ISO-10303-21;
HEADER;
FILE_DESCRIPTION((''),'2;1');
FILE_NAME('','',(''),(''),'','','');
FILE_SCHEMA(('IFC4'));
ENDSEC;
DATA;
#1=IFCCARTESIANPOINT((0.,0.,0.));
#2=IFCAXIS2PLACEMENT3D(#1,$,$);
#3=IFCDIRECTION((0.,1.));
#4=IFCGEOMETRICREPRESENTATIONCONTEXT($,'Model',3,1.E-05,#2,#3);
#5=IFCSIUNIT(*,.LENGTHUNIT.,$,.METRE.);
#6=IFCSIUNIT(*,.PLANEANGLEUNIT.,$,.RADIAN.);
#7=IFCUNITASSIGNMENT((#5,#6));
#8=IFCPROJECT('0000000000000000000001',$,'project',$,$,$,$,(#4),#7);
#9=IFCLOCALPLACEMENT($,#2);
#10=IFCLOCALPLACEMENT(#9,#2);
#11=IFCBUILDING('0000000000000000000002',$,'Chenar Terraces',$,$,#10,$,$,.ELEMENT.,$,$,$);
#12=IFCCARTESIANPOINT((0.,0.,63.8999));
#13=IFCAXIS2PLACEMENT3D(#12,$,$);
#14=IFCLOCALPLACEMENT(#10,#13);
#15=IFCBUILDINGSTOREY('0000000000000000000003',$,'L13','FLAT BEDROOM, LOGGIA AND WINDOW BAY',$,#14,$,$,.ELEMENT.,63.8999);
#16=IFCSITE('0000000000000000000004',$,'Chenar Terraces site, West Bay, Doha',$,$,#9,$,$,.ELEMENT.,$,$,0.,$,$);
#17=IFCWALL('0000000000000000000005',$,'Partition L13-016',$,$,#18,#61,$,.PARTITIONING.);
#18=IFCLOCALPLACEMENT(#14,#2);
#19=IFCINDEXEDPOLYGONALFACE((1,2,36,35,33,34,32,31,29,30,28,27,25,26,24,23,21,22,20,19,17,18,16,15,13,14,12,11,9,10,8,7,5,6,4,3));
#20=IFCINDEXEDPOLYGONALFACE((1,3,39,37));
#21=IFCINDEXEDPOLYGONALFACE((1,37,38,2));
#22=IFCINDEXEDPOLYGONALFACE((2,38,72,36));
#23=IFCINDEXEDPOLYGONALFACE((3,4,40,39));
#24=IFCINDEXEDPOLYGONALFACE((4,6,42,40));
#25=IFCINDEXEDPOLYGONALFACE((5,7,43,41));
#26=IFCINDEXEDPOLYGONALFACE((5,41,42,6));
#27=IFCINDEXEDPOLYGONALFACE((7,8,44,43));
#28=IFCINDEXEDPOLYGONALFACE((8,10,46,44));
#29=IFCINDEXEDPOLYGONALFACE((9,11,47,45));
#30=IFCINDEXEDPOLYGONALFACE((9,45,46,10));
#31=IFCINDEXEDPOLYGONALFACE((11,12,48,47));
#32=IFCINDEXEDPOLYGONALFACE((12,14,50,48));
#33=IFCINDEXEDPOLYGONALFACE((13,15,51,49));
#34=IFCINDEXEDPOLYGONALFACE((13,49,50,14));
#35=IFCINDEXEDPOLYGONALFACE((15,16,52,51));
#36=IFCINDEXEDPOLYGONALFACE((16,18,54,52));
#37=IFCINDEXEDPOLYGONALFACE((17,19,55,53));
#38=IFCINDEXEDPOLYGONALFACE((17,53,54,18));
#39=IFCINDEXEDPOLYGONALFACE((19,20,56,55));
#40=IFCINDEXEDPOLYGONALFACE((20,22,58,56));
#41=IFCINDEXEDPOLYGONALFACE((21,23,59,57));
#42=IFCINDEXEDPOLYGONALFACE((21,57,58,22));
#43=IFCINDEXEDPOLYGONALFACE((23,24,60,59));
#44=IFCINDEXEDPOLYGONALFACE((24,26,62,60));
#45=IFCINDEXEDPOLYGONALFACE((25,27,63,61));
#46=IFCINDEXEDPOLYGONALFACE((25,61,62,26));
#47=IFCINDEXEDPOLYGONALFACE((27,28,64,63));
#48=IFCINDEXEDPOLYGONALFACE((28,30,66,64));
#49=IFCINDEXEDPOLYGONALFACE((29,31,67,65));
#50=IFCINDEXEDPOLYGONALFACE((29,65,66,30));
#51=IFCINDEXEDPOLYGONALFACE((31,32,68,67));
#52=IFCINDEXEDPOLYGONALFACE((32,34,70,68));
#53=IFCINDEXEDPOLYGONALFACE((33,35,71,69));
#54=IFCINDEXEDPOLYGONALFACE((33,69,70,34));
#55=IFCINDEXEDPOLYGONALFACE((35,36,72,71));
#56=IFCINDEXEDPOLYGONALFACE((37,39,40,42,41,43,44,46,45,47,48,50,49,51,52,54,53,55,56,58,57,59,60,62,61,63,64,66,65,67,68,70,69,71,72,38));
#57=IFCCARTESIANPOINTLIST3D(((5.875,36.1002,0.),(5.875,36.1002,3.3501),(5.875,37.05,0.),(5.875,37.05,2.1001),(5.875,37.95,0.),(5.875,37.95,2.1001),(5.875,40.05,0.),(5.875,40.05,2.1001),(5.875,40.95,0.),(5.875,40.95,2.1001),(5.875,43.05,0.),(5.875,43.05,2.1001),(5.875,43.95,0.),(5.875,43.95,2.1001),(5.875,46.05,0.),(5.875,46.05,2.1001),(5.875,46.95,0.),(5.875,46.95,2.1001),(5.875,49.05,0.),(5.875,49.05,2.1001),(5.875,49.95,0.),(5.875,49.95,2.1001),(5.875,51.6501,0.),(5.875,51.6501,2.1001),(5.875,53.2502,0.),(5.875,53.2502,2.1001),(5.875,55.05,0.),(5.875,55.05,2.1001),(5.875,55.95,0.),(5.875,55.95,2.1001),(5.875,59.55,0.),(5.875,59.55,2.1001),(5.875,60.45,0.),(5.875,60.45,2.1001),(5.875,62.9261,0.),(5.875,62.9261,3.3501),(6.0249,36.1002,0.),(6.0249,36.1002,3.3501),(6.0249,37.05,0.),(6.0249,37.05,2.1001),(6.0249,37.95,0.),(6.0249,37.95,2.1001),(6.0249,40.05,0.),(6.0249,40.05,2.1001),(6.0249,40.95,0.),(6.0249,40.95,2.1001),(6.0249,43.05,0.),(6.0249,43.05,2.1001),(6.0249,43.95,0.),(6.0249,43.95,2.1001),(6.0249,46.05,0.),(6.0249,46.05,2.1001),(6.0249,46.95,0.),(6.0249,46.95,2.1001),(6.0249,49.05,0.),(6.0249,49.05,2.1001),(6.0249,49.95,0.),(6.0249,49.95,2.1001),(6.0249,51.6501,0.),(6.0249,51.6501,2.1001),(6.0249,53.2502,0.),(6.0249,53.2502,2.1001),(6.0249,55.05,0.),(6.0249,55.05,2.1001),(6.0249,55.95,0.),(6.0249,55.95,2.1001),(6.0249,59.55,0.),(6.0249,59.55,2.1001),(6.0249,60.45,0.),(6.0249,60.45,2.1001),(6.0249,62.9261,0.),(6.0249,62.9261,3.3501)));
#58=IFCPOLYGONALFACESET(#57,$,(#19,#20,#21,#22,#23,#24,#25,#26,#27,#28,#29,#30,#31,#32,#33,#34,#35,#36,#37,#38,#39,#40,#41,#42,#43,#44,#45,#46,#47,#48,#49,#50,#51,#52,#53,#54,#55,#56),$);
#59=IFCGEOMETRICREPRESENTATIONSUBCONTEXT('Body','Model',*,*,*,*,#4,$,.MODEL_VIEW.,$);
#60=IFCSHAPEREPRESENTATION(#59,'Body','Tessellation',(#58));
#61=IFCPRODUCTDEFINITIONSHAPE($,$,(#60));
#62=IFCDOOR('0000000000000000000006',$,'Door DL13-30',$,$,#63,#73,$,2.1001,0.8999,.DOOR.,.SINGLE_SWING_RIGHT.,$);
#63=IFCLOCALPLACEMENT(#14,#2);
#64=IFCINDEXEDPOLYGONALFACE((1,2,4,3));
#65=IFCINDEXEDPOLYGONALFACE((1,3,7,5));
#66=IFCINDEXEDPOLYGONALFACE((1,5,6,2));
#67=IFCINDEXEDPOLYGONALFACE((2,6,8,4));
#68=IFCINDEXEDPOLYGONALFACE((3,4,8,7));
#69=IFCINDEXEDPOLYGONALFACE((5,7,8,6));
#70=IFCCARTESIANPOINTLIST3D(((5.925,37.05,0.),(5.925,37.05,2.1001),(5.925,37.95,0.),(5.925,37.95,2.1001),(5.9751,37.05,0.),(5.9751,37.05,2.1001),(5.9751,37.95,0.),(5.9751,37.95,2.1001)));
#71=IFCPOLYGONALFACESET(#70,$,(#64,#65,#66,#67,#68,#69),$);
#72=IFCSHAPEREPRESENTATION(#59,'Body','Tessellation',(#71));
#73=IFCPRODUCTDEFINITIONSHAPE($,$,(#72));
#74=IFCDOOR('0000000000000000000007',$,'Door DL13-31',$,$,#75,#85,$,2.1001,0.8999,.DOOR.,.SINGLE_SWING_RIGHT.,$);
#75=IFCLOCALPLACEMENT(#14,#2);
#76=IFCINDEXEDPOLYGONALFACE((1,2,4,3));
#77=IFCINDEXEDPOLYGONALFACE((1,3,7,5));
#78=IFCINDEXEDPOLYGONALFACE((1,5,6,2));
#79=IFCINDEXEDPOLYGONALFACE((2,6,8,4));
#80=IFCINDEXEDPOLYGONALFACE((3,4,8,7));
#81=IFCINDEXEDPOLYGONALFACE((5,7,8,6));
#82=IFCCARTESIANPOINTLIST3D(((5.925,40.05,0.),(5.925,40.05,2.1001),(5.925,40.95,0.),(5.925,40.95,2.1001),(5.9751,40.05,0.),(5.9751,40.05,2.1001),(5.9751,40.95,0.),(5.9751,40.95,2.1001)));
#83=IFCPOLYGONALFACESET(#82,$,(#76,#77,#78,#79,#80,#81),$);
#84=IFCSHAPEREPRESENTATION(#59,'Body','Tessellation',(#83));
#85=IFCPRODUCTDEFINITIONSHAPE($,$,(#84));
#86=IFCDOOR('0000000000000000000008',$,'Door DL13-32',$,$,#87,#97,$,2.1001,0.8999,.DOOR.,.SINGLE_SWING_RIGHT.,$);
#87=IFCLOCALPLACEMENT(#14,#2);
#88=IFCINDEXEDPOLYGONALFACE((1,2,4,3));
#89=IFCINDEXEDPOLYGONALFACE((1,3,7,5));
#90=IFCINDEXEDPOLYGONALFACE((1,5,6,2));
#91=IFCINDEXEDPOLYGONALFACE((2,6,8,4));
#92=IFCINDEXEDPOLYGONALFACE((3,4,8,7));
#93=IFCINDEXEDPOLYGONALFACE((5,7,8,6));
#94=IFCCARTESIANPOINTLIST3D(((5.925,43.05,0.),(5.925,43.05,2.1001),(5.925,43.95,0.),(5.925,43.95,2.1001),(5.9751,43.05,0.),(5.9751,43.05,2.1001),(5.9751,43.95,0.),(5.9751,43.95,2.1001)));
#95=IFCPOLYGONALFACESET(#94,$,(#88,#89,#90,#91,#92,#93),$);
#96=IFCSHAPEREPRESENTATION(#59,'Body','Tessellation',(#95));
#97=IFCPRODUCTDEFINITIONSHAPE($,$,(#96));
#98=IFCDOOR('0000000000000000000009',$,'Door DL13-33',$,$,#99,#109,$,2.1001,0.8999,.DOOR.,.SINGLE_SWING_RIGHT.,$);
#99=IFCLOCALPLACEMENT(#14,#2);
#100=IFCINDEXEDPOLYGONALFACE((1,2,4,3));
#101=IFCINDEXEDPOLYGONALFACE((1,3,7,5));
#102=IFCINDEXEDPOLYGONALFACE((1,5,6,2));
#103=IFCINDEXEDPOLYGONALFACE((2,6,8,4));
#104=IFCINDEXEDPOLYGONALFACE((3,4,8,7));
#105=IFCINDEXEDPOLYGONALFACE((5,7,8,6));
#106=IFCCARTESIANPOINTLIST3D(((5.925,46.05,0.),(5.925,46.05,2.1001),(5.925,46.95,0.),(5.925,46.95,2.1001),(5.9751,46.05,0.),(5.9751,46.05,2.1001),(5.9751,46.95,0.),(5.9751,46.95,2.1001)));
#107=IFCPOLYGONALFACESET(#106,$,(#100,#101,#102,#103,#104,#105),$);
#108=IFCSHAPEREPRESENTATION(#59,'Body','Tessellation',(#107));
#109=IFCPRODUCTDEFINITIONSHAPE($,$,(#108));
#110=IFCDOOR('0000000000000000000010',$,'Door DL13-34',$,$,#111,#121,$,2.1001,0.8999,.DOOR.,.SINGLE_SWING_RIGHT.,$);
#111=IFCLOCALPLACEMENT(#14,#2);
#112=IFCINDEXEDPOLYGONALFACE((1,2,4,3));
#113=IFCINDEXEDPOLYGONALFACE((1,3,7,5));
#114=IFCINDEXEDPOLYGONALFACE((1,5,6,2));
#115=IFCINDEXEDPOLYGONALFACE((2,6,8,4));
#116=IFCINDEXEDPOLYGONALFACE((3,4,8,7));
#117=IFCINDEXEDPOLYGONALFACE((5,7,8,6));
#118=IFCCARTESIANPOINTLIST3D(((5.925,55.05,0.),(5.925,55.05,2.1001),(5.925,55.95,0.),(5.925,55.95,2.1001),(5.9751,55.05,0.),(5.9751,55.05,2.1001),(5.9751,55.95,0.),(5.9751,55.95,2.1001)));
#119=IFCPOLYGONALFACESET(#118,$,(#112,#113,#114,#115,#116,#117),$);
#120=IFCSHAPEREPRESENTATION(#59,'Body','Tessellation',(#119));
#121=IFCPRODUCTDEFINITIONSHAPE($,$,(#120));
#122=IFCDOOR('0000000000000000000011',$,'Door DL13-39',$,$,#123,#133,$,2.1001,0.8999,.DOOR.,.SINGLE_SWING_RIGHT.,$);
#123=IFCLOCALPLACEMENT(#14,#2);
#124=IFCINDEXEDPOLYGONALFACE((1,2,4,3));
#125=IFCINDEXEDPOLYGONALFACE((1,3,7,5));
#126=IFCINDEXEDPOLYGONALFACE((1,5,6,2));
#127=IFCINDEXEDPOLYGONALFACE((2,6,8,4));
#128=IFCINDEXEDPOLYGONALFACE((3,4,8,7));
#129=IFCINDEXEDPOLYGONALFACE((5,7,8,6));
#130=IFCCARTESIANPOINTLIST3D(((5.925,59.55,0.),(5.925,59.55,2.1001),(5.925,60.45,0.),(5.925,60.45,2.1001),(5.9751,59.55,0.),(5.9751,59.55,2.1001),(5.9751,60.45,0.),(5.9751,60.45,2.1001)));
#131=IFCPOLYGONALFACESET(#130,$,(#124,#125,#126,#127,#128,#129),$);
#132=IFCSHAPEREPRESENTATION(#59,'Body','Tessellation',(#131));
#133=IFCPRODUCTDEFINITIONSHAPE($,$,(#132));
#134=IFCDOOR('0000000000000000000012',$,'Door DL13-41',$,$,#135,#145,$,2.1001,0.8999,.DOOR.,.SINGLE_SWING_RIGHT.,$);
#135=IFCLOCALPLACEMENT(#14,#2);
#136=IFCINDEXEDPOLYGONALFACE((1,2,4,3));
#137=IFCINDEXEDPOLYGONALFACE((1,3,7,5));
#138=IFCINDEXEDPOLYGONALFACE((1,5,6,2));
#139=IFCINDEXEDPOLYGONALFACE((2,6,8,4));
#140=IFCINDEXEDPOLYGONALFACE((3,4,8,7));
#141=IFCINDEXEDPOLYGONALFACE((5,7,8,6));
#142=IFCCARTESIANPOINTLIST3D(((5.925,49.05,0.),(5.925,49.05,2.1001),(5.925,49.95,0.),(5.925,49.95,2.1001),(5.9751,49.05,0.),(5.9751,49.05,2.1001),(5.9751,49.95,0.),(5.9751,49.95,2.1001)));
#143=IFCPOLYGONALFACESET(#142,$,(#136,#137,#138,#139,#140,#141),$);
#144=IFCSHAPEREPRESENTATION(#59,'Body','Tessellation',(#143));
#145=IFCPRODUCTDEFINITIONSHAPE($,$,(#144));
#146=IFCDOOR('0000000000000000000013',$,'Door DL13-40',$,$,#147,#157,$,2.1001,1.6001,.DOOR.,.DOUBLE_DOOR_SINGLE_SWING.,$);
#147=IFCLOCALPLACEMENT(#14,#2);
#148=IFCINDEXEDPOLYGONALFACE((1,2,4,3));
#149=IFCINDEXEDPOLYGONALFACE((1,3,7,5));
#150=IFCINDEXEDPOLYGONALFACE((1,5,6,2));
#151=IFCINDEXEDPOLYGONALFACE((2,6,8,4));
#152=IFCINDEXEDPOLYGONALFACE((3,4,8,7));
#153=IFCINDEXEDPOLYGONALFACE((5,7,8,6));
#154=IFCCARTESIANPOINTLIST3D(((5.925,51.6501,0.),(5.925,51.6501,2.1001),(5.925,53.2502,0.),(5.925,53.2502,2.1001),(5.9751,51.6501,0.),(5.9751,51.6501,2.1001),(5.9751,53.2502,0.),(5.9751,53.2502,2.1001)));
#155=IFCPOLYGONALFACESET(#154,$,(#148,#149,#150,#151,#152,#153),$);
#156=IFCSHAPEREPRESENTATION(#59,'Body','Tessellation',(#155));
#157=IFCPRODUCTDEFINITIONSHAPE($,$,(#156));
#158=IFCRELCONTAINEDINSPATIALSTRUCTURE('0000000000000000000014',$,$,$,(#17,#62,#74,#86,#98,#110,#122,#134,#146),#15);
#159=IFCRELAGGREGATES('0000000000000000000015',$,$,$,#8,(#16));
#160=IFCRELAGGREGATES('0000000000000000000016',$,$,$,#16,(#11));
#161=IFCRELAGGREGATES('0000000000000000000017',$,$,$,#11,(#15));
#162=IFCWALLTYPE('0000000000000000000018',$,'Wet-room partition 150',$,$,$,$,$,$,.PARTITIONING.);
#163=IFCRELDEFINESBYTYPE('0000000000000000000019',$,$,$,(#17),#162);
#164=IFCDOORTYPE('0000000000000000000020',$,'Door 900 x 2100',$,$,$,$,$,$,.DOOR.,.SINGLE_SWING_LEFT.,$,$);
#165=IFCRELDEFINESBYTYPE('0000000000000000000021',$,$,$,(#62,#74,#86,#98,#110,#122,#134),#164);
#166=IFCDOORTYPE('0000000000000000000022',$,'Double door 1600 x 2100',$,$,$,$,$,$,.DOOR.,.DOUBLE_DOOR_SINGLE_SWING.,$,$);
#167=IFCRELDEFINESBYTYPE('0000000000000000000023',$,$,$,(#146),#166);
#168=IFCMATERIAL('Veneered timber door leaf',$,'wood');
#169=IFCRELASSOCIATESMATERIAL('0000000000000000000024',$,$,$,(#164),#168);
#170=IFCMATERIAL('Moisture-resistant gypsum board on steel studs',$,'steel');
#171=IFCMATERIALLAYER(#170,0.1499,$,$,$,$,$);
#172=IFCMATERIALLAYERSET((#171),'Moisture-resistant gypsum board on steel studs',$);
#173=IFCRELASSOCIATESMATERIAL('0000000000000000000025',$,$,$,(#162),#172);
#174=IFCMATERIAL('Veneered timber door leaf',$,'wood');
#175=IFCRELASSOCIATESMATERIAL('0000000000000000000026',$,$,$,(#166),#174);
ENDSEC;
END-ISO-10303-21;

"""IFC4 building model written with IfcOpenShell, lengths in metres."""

from ifc_helpers import new_model, si_unit, direction, frame, frame_2d, origin, place, context, subcontext, project, spatial, rectangle, extrude, material, layer, layer_set, type_object, element, fill, save


model = new_model("IFC4")

# Units and contexts
model_context = context("Model", 3, precision=1e-05, world=origin(), true_north=direction((0.0, 1.0)))
body_context = subcontext(model_context, "Body", "Model", "MODEL_VIEW")
ifc_project = project(units=[si_unit("LENGTHUNIT", "METRE"), si_unit("PLANEANGLEUNIT", "RADIAN")], contexts=[model_context])

# Site, building, storey
site_placement = place(None, origin())
site = spatial("IfcSite", under=ifc_project, at=site_placement, Name="Chenar Terraces site, West Bay, Doha", CompositionType="ELEMENT", RefElevation=0.0)
building_placement = place(site_placement, origin())
building = spatial("IfcBuilding", under=site, at=building_placement, Name="Chenar Terraces", CompositionType="ELEMENT")
storey_placement = place(building_placement, frame((0.0, 0.0, 63.8999)))
storey = spatial("IfcBuildingStorey", under=building, at=storey_placement, Name="L13", Description="FLAT BEDROOM, LOGGIA AND WINDOW BAY", CompositionType="ELEMENT", Elevation=63.8999)

# Shared definitions
ifc_material_1 = material(Name="Veneered timber door leaf", Category="wood")
door_type_1 = type_object("IfcDoorType", Name="Door 900 x 2100", OperationType="SINGLE_SWING_LEFT", PredefinedType="DOOR", material=ifc_material_1)

# Wall, openings, doors
ifc_material_2 = material(Name="Moisture-resistant gypsum board on steel studs", Category="steel")
ifc_layer_1 = layer(ifc_material_2, 0.1499)
ifc_layer_set_1 = layer_set([ifc_layer_1], Name="Moisture-resistant gypsum board on steel studs")
wall_type_1 = type_object("IfcWallType", Name="Wet-room partition 150", PredefinedType="PARTITIONING", material=ifc_layer_set_1)
wall_1_placement = place(storey_placement, frame((5.95, 36.1001, 0.0), z_axis=(0.0, 0.0, 1.0), x_axis=(0.0, 1.0, 0.0)))
wall_1 = element("IfcWall", 1, at=wall_1_placement, inside=storey, type_object=wall_type_1, Name="Partition L13-016", PredefinedType="PARTITIONING", context=body_context, shape_type="SweptSolid", body=[
    extrude(rectangle(XDim=26.8259, YDim=0.1499, at=frame_2d((13.4131, 0.0))), origin(), (0.0, 0.0, 1.0), 3.3501),
])
opening_1_placement = place(wall_1_placement, frame((0.95, 0.0, 0.0)))
opening_1 = element("IfcOpeningElement", 2, at=opening_1_placement, cuts=wall_1, PredefinedType="OPENING", context=body_context, shape_type="SweptSolid", body=[
    extrude(rectangle(XDim=0.8999, YDim=2.1001, at=frame_2d((0.45, 1.05))), frame((0.0, 0.085, 0.0), z_axis=(0.0, -1.0, 0.0), x_axis=(1.0, 0.0, 0.0)), (0.0, 0.0, 1.0), 0.1699),
])
opening_2_placement = place(wall_1_placement, frame((3.95, 0.0, 0.0)))
opening_2 = element("IfcOpeningElement", 3, at=opening_2_placement, cuts=wall_1, PredefinedType="OPENING", context=body_context, shape_type="SweptSolid", body=[
    extrude(rectangle(XDim=0.8999, YDim=2.1001, at=frame_2d((0.45, 1.05))), frame((0.0, 0.085, 0.0), z_axis=(0.0, -1.0, 0.0), x_axis=(1.0, 0.0, 0.0)), (0.0, 0.0, 1.0), 0.1699),
])
opening_3_placement = place(wall_1_placement, frame((6.95, 0.0, 0.0)))
opening_3 = element("IfcOpeningElement", 4, at=opening_3_placement, cuts=wall_1, PredefinedType="OPENING", context=body_context, shape_type="SweptSolid", body=[
    extrude(rectangle(XDim=0.8999, YDim=2.1001, at=frame_2d((0.45, 1.05))), frame((0.0, 0.085, 0.0), z_axis=(0.0, -1.0, 0.0), x_axis=(1.0, 0.0, 0.0)), (0.0, 0.0, 1.0), 0.1699),
])
opening_4_placement = place(wall_1_placement, frame((9.95, 0.0, 0.0)))
opening_4 = element("IfcOpeningElement", 5, at=opening_4_placement, cuts=wall_1, PredefinedType="OPENING", context=body_context, shape_type="SweptSolid", body=[
    extrude(rectangle(XDim=0.8999, YDim=2.1001, at=frame_2d((0.45, 1.05))), frame((0.0, 0.085, 0.0), z_axis=(0.0, -1.0, 0.0), x_axis=(1.0, 0.0, 0.0)), (0.0, 0.0, 1.0), 0.1699),
])
opening_5_placement = place(wall_1_placement, frame((18.95, 0.0, 0.0)))
opening_5 = element("IfcOpeningElement", 6, at=opening_5_placement, cuts=wall_1, PredefinedType="OPENING", context=body_context, shape_type="SweptSolid", body=[
    extrude(rectangle(XDim=0.8999, YDim=2.1001, at=frame_2d((0.45, 1.05))), frame((0.0, 0.085, 0.0), z_axis=(0.0, -1.0, 0.0), x_axis=(1.0, 0.0, 0.0)), (0.0, 0.0, 1.0), 0.1699),
])
opening_6_placement = place(wall_1_placement, frame((23.45, 0.0, 0.0)))
opening_6 = element("IfcOpeningElement", 7, at=opening_6_placement, cuts=wall_1, PredefinedType="OPENING", context=body_context, shape_type="SweptSolid", body=[
    extrude(rectangle(XDim=0.8999, YDim=2.1001, at=frame_2d((0.45, 1.05))), frame((0.0, 0.085, 0.0), z_axis=(0.0, -1.0, 0.0), x_axis=(1.0, 0.0, 0.0)), (0.0, 0.0, 1.0), 0.1699),
])
opening_7_placement = place(wall_1_placement, frame((15.55, 0.0, 0.0)))
opening_7 = element("IfcOpeningElement", 8, at=opening_7_placement, cuts=wall_1, PredefinedType="OPENING", context=body_context, shape_type="SweptSolid", body=[
    extrude(rectangle(XDim=1.6001, YDim=2.1001, at=frame_2d((0.8, 1.05))), frame((0.0, 0.085, 0.0), z_axis=(0.0, -1.0, 0.0), x_axis=(1.0, 0.0, 0.0)), (0.0, 0.0, 1.0), 0.1699),
])
opening_8_placement = place(wall_1_placement, frame((12.95, 0.0, 0.0)))
opening_8 = element("IfcOpeningElement", 9, at=opening_8_placement, cuts=wall_1, PredefinedType="OPENING", context=body_context, shape_type="SweptSolid", body=[
    extrude(rectangle(XDim=0.8999, YDim=2.1001, at=frame_2d((0.45, 1.05))), frame((0.0, 0.085, 0.0), z_axis=(0.0, -1.0, 0.0), x_axis=(1.0, 0.0, 0.0)), (0.0, 0.0, 1.0), 0.1699),
])
door_1_placement = place(opening_1_placement, origin())
door_1 = element("IfcDoor", 10, at=door_1_placement, inside=storey, type_object=door_type_1, Name="Door DL13-30", OperationType="SINGLE_SWING_RIGHT", OverallHeight=2.1001, OverallWidth=0.8999, PredefinedType="DOOR", context=body_context, shape_type="SweptSolid", body=[
    extrude(rectangle(XDim=0.8999, YDim=2.1001, at=frame_2d((0.45, 1.05))), frame((0.0, 0.0249, 0.0), z_axis=(0.0, -1.0, 0.0), x_axis=(1.0, 0.0, 0.0)), (0.0, 0.0, 1.0), 0.05),
])
fill(opening_1, door_1)
door_2_placement = place(opening_2_placement, origin())
door_2 = element("IfcDoor", 11, at=door_2_placement, inside=storey, type_object=door_type_1, Name="Door DL13-31", OperationType="SINGLE_SWING_RIGHT", OverallHeight=2.1001, OverallWidth=0.8999, PredefinedType="DOOR", context=body_context, shape_type="SweptSolid", body=[
    extrude(rectangle(XDim=0.8999, YDim=2.1001, at=frame_2d((0.45, 1.05))), frame((0.0, 0.0249, 0.0), z_axis=(0.0, -1.0, 0.0), x_axis=(1.0, 0.0, 0.0)), (0.0, 0.0, 1.0), 0.05),
])
fill(opening_2, door_2)
door_3_placement = place(opening_3_placement, origin())
door_3 = element("IfcDoor", 12, at=door_3_placement, inside=storey, type_object=door_type_1, Name="Door DL13-32", OperationType="SINGLE_SWING_RIGHT", OverallHeight=2.1001, OverallWidth=0.8999, PredefinedType="DOOR", context=body_context, shape_type="SweptSolid", body=[
    extrude(rectangle(XDim=0.8999, YDim=2.1001, at=frame_2d((0.45, 1.05))), frame((0.0, 0.0249, 0.0), z_axis=(0.0, -1.0, 0.0), x_axis=(1.0, 0.0, 0.0)), (0.0, 0.0, 1.0), 0.05),
])
fill(opening_3, door_3)
door_4_placement = place(opening_4_placement, origin())
door_4 = element("IfcDoor", 13, at=door_4_placement, inside=storey, type_object=door_type_1, Name="Door DL13-33", OperationType="SINGLE_SWING_RIGHT", OverallHeight=2.1001, OverallWidth=0.8999, PredefinedType="DOOR", context=body_context, shape_type="SweptSolid", body=[
    extrude(rectangle(XDim=0.8999, YDim=2.1001, at=frame_2d((0.45, 1.05))), frame((0.0, 0.0249, 0.0), z_axis=(0.0, -1.0, 0.0), x_axis=(1.0, 0.0, 0.0)), (0.0, 0.0, 1.0), 0.05),
])
fill(opening_4, door_4)
door_5_placement = place(opening_5_placement, origin())
door_5 = element("IfcDoor", 14, at=door_5_placement, inside=storey, type_object=door_type_1, Name="Door DL13-34", OperationType="SINGLE_SWING_RIGHT", OverallHeight=2.1001, OverallWidth=0.8999, PredefinedType="DOOR", context=body_context, shape_type="SweptSolid", body=[
    extrude(rectangle(XDim=0.8999, YDim=2.1001, at=frame_2d((0.45, 1.05))), frame((0.0, 0.0249, 0.0), z_axis=(0.0, -1.0, 0.0), x_axis=(1.0, 0.0, 0.0)), (0.0, 0.0, 1.0), 0.05),
])
fill(opening_5, door_5)
door_6_placement = place(opening_6_placement, origin())
door_6 = element("IfcDoor", 15, at=door_6_placement, inside=storey, type_object=door_type_1, Name="Door DL13-39", OperationType="SINGLE_SWING_RIGHT", OverallHeight=2.1001, OverallWidth=0.8999, PredefinedType="DOOR", context=body_context, shape_type="SweptSolid", body=[
    extrude(rectangle(XDim=0.8999, YDim=2.1001, at=frame_2d((0.45, 1.05))), frame((0.0, 0.0249, 0.0), z_axis=(0.0, -1.0, 0.0), x_axis=(1.0, 0.0, 0.0)), (0.0, 0.0, 1.0), 0.05),
])
fill(opening_6, door_6)
door_7_placement = place(opening_8_placement, origin())
door_7 = element("IfcDoor", 16, at=door_7_placement, inside=storey, type_object=door_type_1, Name="Door DL13-41", OperationType="SINGLE_SWING_RIGHT", OverallHeight=2.1001, OverallWidth=0.8999, PredefinedType="DOOR", context=body_context, shape_type="SweptSolid", body=[
    extrude(rectangle(XDim=0.8999, YDim=2.1001, at=frame_2d((0.45, 1.05))), frame((0.0, 0.0249, 0.0), z_axis=(0.0, -1.0, 0.0), x_axis=(1.0, 0.0, 0.0)), (0.0, 0.0, 1.0), 0.05),
])
fill(opening_8, door_7)
ifc_material_3 = material(Name="Veneered timber door leaf", Category="wood")
door_type_2 = type_object("IfcDoorType", Name="Double door 1600 x 2100", OperationType="DOUBLE_DOOR_SINGLE_SWING", PredefinedType="DOOR", material=ifc_material_3)
door_8_placement = place(opening_7_placement, origin())
door_8 = element("IfcDoor", 17, at=door_8_placement, inside=storey, type_object=door_type_2, Name="Door DL13-40", OperationType="DOUBLE_DOOR_SINGLE_SWING", OverallHeight=2.1001, OverallWidth=1.6001, PredefinedType="DOOR", context=body_context, shape_type="SweptSolid", body=[
    extrude(rectangle(XDim=1.6001, YDim=2.1001, at=frame_2d((0.8, 1.05))), frame((0.0, 0.0249, 0.0), z_axis=(0.0, -1.0, 0.0), x_axis=(1.0, 0.0, 0.0)), (0.0, 0.0, 1.0), 0.05),
])
fill(opening_7, door_8)

save(model, "model.ifc")
